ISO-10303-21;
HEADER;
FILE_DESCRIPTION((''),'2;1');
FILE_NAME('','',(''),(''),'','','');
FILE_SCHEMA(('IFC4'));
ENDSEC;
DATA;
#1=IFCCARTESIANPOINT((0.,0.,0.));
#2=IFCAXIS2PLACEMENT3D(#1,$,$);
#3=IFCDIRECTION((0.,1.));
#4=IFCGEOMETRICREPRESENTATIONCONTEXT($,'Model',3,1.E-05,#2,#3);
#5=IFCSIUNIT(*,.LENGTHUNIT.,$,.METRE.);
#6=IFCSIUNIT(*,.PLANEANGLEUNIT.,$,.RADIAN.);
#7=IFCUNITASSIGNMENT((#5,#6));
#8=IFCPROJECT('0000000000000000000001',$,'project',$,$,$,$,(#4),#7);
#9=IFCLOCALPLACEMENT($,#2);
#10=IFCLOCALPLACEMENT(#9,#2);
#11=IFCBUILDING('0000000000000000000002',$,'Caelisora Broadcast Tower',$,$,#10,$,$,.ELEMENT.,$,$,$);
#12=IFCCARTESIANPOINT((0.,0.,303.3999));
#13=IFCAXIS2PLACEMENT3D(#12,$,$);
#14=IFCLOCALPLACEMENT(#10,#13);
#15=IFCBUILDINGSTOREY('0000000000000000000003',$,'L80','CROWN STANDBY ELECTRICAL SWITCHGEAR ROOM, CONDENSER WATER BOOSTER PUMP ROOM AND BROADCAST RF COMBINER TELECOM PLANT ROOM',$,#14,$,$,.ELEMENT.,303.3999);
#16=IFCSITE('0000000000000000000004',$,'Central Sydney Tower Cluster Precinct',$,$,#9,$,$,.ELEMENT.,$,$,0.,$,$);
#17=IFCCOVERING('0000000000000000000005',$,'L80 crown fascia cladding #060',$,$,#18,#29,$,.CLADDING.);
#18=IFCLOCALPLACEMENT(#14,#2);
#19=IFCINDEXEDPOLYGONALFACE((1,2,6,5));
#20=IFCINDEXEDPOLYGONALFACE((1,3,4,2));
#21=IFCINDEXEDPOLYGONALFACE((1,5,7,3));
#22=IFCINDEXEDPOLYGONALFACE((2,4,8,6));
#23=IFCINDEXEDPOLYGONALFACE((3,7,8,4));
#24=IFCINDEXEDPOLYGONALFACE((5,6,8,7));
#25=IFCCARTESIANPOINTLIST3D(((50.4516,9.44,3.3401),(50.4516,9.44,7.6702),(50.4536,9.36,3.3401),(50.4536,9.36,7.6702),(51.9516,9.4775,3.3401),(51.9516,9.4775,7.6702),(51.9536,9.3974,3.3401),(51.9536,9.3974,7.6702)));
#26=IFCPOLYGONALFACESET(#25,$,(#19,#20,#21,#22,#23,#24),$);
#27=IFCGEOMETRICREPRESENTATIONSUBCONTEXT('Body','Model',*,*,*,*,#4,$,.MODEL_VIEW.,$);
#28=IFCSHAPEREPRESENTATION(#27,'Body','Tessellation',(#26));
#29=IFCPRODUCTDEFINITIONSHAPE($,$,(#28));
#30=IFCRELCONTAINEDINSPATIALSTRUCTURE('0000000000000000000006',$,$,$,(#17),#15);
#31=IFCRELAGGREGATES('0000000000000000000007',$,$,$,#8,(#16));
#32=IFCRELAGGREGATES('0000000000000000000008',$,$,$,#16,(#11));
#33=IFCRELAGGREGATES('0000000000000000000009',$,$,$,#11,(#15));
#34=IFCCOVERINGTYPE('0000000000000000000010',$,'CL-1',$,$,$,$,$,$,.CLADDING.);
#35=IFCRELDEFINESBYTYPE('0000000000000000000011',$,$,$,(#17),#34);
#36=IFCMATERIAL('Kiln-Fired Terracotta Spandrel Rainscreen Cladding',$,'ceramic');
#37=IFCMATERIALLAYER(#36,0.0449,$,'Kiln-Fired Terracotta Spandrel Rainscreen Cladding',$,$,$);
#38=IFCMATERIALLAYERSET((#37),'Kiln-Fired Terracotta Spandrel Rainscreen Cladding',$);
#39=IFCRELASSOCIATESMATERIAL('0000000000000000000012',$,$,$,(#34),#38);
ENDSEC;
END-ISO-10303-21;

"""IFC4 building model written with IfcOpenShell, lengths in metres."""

from ifc_helpers import new_model, si_unit, direction, frame, origin, origin_2d, place, context, subcontext, project, spatial, rectangle, extrude, source, transform, mapped, material, layer, layer_set, type_object, type_shapes, element, save


model = new_model("IFC4")

# Units and contexts
model_context = context("Model", 3, precision=1e-05, world=origin(), true_north=direction((0.0, 1.0)))
body_context = subcontext(model_context, "Body", "Model", "MODEL_VIEW")
ifc_project = project(units=[si_unit("LENGTHUNIT", "METRE"), si_unit("PLANEANGLEUNIT", "RADIAN")], contexts=[model_context])

# Site, building, storey
site_placement = place(None, origin())
site = spatial("IfcSite", under=ifc_project, at=site_placement, Name="Central Sydney Tower Cluster Precinct", CompositionType="ELEMENT", RefElevation=0.0)
building_placement = place(site_placement, origin())
building = spatial("IfcBuilding", under=site, at=building_placement, Name="Caelisora Broadcast Tower", CompositionType="ELEMENT")
storey_placement = place(building_placement, frame((0.0, 0.0, 303.3999)))
storey = spatial("IfcBuildingStorey", under=building, at=storey_placement, Name="L80", Description="CROWN STANDBY ELECTRICAL SWITCHGEAR ROOM, CONDENSER WATER BOOSTER PUMP ROOM AND BROADCAST RF COMBINER TELECOM PLANT ROOM", CompositionType="ELEMENT", Elevation=303.3999)

# Covering
ifc_material_1 = material(Name="Kiln-Fired Terracotta Spandrel Rainscreen Cladding", Category="ceramic")
ifc_layer_1 = layer(ifc_material_1, 0.0449, Name="Kiln-Fired Terracotta Spandrel Rainscreen Cladding")
ifc_layer_set_1 = layer_set([ifc_layer_1], Name="Kiln-Fired Terracotta Spandrel Rainscreen Cladding")
covering_type = type_object("IfcCoveringType", Name="CL-1", PredefinedType="CLADDING", material=ifc_layer_set_1)
shared_shape_1 = source(origin(), body_context, "Body", "SweptSolid", [
    extrude(rectangle(XDim=1.5005, YDim=0.0801, at=origin_2d()), origin(), (0.0, 0.0, 1.0), 4.3301),
])
type_shapes(covering_type, [shared_shape_1])
covering_placement = place(storey_placement, frame((51.2026, 9.4187, 3.3401), z_axis=(0.0, 0.0, 1.0), x_axis=(0.999689, 0.024956, 0.0)))
element("IfcCovering", 1, at=covering_placement, inside=storey, type_object=covering_type, Name="L80 crown fascia cladding #060", PredefinedType="CLADDING", context=body_context, shape_type="MappedRepresentation", body=[
    mapped(shared_shape_1, transform((0.0, 0.0, 0.0), scale=1.0)),
])

save(model, "model.ifc")
